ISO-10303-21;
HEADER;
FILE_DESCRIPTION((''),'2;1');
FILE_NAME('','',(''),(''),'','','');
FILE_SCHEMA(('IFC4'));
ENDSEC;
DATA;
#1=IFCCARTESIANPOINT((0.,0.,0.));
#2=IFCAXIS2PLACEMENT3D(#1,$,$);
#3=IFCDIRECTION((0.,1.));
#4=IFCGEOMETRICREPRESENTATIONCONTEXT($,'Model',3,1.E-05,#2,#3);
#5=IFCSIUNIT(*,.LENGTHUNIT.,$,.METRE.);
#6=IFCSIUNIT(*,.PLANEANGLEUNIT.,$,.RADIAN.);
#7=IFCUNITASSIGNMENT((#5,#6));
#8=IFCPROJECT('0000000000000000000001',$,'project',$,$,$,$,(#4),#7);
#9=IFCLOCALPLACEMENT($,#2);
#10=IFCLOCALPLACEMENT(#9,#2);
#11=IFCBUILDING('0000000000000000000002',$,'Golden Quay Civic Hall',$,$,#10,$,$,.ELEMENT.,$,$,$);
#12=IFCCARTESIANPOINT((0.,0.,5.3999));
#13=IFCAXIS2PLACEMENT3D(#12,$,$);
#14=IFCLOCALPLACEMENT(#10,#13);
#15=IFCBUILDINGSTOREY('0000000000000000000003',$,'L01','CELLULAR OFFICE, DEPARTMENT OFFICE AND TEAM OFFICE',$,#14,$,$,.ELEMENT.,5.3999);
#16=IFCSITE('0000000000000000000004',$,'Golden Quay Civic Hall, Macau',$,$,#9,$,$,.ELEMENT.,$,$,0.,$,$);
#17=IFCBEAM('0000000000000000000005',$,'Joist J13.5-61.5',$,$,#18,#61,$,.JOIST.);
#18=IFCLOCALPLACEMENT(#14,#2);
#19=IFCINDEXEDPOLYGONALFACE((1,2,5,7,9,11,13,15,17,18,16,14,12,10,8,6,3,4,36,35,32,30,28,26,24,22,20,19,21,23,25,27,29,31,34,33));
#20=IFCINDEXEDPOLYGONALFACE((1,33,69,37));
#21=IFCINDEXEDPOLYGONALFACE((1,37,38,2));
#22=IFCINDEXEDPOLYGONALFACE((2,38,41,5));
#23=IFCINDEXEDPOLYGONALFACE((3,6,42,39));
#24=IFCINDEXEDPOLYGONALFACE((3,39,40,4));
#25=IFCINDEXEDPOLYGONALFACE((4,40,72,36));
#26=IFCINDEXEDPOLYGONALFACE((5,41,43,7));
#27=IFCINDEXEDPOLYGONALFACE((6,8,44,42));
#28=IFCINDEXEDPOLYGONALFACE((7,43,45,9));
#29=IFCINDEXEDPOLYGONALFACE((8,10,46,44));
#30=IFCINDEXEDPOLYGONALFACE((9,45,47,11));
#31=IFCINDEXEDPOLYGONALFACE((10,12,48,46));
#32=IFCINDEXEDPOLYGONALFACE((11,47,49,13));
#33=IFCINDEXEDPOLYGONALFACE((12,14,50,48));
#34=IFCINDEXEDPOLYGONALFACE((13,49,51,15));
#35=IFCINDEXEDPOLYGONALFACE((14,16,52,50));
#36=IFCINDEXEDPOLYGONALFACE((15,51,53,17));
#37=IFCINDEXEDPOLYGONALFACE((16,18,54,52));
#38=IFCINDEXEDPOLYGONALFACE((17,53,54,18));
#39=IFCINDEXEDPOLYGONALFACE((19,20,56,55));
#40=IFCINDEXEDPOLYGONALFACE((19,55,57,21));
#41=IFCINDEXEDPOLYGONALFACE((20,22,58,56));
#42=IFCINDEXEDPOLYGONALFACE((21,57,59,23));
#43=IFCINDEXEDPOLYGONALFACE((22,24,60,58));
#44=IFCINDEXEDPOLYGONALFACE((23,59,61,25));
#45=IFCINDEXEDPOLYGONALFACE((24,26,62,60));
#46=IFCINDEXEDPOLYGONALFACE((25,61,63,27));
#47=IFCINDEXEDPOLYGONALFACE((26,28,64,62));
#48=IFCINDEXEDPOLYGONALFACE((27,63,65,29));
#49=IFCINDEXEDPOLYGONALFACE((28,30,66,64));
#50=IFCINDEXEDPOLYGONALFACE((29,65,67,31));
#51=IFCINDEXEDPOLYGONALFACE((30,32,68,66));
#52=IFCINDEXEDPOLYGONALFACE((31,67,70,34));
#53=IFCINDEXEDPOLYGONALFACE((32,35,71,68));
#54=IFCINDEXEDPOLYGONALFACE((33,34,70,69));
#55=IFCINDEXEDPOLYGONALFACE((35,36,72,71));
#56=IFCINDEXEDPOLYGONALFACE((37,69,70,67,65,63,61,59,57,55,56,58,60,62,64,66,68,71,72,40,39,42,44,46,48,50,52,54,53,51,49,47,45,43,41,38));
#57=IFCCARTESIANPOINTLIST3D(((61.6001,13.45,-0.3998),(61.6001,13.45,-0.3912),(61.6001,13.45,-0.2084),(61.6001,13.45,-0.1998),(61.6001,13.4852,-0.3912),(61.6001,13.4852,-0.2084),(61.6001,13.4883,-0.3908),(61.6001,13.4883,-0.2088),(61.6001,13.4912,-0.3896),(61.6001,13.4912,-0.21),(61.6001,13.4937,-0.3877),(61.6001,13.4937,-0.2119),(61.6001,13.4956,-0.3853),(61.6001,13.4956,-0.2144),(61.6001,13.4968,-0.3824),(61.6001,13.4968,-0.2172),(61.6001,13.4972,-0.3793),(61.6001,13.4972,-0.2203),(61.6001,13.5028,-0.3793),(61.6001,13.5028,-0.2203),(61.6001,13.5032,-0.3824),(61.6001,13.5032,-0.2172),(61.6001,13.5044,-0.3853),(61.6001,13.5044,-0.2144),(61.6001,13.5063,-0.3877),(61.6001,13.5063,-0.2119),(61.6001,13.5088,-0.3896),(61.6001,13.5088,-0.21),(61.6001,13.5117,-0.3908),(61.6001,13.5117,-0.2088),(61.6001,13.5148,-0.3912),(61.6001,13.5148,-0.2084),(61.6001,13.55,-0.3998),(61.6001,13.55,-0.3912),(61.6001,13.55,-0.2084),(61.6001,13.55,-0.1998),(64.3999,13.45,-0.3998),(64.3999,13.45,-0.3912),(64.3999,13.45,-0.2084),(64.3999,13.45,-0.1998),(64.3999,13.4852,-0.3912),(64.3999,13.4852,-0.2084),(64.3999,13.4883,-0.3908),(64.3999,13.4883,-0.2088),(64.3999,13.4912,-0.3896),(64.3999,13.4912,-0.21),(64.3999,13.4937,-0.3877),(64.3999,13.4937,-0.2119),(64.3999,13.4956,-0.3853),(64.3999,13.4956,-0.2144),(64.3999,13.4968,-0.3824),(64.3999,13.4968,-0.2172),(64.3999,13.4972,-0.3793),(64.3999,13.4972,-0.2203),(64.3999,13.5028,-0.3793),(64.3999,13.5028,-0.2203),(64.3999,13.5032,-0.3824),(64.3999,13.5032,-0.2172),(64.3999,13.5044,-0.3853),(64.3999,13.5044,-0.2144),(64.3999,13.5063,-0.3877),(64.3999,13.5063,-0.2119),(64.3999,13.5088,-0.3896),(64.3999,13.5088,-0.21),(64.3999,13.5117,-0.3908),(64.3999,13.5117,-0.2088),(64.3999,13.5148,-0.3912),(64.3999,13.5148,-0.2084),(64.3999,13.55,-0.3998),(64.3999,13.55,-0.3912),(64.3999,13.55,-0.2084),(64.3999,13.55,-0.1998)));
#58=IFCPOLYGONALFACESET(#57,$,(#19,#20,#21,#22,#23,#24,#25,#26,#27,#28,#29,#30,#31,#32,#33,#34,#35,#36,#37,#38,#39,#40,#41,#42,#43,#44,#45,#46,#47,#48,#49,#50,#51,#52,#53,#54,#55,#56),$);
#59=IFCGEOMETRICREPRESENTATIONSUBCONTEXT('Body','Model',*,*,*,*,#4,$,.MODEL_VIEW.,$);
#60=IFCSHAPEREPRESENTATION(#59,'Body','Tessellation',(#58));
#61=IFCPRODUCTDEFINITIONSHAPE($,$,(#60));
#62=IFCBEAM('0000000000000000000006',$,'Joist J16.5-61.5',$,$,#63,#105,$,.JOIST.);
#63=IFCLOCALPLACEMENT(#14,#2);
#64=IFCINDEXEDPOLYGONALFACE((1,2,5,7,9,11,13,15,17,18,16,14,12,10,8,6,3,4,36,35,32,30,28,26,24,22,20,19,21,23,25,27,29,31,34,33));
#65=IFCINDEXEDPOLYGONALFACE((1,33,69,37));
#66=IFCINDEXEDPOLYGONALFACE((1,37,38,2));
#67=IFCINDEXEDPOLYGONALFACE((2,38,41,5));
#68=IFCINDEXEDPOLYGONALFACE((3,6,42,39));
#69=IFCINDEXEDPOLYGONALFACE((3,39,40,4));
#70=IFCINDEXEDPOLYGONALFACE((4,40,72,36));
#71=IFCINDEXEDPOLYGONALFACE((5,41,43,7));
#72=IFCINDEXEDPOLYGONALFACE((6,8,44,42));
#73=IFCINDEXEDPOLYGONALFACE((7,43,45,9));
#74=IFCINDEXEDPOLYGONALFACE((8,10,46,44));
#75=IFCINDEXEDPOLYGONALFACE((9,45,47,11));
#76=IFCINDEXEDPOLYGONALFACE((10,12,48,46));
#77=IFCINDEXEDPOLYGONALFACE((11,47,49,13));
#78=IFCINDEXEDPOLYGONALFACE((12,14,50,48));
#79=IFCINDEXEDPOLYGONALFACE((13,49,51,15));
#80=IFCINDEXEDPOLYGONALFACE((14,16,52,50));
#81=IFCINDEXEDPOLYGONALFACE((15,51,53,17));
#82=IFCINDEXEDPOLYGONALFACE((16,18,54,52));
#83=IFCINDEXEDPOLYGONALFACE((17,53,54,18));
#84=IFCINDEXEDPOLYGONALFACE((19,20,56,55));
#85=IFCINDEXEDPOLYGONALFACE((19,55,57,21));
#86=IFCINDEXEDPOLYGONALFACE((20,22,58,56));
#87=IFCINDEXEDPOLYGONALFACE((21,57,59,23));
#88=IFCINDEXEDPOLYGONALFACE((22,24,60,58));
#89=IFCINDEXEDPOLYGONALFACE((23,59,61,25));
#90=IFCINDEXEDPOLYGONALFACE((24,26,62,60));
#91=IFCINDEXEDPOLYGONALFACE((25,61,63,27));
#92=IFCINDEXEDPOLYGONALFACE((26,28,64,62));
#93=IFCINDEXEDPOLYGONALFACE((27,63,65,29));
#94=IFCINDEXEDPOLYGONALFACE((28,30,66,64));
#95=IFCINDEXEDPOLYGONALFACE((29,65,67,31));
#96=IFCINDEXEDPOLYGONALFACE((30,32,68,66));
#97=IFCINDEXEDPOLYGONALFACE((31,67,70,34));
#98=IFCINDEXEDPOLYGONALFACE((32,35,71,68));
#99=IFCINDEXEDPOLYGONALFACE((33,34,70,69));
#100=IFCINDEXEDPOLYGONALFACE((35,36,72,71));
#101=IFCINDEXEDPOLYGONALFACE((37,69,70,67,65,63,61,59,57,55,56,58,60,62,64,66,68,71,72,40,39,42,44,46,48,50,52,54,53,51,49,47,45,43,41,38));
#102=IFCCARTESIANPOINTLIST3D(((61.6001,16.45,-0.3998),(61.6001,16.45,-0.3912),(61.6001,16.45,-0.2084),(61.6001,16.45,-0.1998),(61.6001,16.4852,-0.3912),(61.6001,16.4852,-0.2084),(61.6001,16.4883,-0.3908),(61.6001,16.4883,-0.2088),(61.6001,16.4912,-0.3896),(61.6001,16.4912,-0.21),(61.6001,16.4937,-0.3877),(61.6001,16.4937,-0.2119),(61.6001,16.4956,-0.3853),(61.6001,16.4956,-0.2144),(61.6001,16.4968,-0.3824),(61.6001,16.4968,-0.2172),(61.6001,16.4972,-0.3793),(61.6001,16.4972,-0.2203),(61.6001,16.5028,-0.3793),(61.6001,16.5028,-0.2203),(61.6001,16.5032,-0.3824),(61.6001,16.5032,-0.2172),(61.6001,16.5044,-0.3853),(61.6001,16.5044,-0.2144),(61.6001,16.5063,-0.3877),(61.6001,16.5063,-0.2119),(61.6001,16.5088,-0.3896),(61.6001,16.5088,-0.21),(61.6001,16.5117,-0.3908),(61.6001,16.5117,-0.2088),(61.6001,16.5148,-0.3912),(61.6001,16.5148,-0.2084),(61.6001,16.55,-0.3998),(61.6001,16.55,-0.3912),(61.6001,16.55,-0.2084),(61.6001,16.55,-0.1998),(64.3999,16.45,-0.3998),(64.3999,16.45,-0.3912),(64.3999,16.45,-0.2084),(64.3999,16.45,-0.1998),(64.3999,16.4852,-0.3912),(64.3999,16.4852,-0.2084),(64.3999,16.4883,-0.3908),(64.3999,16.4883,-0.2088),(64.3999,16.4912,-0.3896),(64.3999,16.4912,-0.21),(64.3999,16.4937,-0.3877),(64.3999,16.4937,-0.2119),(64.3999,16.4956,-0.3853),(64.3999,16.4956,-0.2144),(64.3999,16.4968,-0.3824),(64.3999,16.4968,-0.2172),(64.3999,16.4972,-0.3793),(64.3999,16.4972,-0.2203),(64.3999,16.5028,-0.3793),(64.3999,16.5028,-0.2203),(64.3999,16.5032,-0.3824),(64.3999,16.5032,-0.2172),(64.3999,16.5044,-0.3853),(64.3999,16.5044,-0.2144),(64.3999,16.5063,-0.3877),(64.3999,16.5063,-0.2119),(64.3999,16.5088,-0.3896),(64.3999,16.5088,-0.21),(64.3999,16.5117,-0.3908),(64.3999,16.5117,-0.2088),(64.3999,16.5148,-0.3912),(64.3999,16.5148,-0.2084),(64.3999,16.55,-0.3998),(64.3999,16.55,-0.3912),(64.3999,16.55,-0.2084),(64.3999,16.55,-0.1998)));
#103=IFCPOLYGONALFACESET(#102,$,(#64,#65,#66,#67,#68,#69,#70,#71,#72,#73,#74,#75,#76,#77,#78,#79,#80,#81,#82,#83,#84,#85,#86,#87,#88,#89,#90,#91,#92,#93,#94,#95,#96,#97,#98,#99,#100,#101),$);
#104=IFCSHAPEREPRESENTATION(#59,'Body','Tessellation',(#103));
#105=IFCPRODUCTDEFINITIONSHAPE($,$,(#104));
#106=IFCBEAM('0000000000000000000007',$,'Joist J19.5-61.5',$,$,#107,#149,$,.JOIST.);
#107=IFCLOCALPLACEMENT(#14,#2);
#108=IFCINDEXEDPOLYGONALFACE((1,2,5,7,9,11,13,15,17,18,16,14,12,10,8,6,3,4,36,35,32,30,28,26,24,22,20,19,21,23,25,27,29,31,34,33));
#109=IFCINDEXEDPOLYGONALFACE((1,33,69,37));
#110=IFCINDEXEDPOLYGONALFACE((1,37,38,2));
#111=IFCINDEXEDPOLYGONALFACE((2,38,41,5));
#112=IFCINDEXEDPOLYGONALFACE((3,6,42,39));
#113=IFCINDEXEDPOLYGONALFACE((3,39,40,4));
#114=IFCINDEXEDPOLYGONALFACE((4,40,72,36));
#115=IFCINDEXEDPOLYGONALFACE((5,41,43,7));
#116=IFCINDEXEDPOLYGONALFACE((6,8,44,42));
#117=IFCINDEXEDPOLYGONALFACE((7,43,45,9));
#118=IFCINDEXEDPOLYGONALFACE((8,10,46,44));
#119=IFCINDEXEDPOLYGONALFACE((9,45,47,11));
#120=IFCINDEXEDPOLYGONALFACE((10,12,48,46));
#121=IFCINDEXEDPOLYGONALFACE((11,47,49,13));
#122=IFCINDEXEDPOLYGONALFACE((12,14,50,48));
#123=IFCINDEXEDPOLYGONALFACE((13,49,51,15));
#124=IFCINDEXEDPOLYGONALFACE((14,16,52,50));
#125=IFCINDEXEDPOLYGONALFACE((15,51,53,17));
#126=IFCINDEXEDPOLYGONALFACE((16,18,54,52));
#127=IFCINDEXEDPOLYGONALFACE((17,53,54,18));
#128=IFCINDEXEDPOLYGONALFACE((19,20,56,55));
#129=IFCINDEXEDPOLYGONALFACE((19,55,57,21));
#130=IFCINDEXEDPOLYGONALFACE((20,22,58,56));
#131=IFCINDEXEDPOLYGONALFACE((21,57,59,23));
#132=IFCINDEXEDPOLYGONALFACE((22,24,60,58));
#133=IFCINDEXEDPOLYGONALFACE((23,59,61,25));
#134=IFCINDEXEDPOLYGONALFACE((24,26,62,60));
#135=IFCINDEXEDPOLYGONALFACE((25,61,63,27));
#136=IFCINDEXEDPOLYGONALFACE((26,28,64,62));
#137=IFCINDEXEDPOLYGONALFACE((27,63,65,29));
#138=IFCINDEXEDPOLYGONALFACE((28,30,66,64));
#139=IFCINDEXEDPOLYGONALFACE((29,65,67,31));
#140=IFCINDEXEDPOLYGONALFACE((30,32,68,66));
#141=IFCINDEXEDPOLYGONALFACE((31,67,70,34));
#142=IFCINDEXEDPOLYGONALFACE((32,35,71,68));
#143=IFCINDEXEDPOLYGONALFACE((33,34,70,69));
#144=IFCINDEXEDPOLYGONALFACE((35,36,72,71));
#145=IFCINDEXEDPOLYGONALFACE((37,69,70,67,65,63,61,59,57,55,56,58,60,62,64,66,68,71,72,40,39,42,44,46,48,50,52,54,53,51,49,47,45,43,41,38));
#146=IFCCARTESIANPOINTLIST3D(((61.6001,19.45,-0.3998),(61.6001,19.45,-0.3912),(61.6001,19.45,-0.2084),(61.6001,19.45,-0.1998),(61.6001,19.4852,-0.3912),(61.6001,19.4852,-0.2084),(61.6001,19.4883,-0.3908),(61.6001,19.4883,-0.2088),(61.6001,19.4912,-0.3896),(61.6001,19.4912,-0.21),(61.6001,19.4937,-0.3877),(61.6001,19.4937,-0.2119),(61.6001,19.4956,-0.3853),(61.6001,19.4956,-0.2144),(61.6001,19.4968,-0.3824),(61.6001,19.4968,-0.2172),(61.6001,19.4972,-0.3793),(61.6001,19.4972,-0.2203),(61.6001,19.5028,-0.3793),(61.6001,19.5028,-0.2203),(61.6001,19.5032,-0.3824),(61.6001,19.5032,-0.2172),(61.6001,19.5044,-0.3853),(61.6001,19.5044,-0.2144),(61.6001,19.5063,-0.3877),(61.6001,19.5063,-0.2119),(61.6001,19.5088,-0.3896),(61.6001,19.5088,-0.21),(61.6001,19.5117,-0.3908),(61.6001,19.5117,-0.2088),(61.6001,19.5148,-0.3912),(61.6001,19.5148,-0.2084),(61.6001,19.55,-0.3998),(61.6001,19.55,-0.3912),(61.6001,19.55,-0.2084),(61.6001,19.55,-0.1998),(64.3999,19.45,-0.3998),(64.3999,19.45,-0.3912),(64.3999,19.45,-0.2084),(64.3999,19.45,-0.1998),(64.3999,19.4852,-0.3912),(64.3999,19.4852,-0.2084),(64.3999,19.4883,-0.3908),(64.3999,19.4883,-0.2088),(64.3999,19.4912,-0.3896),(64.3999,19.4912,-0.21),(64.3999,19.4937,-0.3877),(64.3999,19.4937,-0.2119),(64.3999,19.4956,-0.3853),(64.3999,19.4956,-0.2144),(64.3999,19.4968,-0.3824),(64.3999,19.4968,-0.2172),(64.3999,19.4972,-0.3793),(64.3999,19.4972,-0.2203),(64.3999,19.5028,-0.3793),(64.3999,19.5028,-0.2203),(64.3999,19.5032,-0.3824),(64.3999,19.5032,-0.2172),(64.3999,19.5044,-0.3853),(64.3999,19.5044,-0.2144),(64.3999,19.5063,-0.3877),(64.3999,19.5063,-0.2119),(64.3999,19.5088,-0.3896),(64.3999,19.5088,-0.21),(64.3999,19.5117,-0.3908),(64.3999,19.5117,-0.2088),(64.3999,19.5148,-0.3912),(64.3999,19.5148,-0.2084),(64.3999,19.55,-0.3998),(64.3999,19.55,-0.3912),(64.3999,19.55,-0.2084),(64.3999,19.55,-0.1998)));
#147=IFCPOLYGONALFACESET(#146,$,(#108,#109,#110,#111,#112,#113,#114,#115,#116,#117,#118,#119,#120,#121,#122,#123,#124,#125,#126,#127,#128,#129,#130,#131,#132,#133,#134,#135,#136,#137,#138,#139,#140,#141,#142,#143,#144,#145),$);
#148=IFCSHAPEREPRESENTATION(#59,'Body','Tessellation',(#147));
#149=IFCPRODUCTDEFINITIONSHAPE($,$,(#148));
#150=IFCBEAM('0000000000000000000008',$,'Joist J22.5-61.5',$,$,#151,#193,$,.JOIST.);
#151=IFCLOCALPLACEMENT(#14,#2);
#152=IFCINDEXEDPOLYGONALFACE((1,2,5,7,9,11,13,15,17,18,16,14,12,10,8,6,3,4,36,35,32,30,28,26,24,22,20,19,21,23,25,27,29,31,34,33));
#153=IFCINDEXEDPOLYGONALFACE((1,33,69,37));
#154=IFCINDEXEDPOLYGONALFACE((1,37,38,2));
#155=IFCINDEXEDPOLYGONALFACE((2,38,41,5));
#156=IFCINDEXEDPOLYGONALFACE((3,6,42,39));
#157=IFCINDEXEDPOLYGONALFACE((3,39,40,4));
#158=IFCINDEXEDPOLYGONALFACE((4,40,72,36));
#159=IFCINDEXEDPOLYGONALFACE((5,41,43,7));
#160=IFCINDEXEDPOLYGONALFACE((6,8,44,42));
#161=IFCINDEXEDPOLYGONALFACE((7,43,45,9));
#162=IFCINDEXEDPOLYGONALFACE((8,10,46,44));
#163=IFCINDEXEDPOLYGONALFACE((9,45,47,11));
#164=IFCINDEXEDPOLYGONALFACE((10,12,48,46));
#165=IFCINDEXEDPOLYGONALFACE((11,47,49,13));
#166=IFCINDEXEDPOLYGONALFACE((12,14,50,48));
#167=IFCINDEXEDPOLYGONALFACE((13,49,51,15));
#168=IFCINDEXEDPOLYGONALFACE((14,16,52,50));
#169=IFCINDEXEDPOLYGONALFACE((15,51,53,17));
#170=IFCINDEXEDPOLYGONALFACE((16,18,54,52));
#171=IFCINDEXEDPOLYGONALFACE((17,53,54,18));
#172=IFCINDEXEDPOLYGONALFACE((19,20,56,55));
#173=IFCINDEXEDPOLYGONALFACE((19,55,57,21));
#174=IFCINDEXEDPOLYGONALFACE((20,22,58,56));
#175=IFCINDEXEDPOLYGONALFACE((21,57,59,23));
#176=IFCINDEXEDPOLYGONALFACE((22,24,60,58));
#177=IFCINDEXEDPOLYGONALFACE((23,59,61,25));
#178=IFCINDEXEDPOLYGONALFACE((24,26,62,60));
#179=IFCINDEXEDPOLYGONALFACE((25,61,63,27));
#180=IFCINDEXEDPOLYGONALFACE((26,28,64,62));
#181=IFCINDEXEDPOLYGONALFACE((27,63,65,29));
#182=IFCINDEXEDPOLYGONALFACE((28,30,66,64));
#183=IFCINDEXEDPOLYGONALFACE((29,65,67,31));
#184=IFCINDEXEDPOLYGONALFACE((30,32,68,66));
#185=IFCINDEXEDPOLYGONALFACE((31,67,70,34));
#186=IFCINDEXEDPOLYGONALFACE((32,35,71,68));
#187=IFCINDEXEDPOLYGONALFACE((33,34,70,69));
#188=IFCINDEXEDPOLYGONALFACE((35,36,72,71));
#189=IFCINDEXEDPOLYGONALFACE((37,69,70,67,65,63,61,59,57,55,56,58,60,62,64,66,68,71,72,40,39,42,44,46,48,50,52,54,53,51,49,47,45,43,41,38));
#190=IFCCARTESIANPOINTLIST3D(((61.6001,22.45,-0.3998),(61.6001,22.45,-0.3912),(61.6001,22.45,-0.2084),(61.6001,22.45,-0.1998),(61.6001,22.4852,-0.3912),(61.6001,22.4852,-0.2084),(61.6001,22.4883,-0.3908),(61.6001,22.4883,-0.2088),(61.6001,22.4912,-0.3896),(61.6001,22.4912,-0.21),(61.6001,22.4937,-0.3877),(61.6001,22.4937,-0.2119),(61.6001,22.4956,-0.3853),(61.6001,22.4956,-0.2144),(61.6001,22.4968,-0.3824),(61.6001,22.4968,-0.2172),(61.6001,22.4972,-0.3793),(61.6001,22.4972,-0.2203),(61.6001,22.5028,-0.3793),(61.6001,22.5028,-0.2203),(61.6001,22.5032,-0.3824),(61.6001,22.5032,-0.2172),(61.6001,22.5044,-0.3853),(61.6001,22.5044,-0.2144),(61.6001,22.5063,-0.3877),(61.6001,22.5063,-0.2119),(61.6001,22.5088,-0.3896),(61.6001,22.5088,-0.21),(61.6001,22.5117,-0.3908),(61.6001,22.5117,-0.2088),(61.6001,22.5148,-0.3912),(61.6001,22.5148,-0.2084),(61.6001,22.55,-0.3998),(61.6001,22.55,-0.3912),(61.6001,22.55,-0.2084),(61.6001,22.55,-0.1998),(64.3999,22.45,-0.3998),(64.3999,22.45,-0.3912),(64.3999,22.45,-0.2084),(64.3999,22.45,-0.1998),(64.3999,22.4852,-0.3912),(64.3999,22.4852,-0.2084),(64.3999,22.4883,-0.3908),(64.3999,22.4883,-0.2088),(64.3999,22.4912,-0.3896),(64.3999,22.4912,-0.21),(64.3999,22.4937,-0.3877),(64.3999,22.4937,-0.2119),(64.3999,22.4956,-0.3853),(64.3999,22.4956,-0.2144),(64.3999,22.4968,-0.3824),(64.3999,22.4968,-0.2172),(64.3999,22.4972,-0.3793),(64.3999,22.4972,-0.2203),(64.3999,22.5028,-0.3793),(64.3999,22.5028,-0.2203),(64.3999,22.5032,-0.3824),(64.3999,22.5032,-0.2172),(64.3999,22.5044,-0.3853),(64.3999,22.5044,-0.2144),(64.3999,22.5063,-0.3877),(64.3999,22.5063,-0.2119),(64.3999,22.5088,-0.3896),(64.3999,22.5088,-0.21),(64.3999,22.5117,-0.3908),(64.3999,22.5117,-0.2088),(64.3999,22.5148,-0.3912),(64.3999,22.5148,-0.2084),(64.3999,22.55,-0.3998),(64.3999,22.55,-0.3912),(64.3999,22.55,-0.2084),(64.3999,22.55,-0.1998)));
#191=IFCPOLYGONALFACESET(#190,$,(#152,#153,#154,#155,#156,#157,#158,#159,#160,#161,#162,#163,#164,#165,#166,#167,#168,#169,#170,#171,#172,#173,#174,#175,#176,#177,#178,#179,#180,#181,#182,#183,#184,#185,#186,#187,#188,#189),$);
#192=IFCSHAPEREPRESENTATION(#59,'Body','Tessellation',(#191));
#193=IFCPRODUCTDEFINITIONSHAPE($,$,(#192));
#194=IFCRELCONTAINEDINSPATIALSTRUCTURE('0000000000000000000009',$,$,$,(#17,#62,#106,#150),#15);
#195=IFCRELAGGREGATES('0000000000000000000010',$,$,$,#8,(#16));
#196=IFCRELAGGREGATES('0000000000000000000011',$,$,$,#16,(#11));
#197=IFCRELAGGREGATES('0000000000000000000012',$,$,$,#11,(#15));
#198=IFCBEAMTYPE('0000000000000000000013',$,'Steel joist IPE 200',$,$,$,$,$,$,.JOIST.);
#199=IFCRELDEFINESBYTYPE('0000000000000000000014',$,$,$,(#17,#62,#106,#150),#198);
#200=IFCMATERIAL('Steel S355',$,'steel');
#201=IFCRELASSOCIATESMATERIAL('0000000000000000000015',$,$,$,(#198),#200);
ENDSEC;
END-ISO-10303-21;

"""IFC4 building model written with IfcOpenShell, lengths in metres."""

from ifc_helpers import new_model, si_unit, direction, frame, origin, origin_2d, place, context, subcontext, project, spatial, i_section, extrude, material, material_profile, profile_set, type_object, element, save


model = new_model("IFC4")

# Units and contexts
model_context = context("Model", 3, precision=1e-05, world=origin(), true_north=direction((0.0, 1.0)))
body_context = subcontext(model_context, "Body", "Model", "MODEL_VIEW")
ifc_project = project(units=[si_unit("LENGTHUNIT", "METRE"), si_unit("PLANEANGLEUNIT", "RADIAN")], contexts=[model_context])

# Site, building, storey
site_placement = place(None, origin())
site = spatial("IfcSite", under=ifc_project, at=site_placement, Name="Golden Quay Civic Hall, Macau", CompositionType="ELEMENT", RefElevation=0.0)
building_placement = place(site_placement, origin())
building = spatial("IfcBuilding", under=site, at=building_placement, Name="Golden Quay Civic Hall", CompositionType="ELEMENT")
storey_placement = place(building_placement, frame((0.0, 0.0, 5.3999)))
storey = spatial("IfcBuildingStorey", under=building, at=storey_placement, Name="L01", Description="CELLULAR OFFICE, DEPARTMENT OFFICE AND TEAM OFFICE", CompositionType="ELEMENT", Elevation=5.3999)

# Beams
ifc_material_1 = material(Name="Steel S355", Category="steel")
ifc_material_profile_1 = material_profile(ifc_material_1, i_section(OverallWidth=0.1001, OverallDepth=0.2, WebThickness=0.0056, FlangeThickness=0.0085, FilletRadius=0.012, at=origin_2d()), Name="IPE 200")
ifc_profile_set_1 = profile_set([ifc_material_profile_1], Name="Steel S355")
beam_type_1 = type_object("IfcBeamType", Name="Steel joist IPE 200", PredefinedType="JOIST", material=ifc_profile_set_1)
for number, where, z_axis, x_axis, name in (
    (1, (61.6001, 13.5, -0.2998), (1.0, 0.0, 0.0), (0.0, 1.0, 0.0), "Joist J13.5-61.5"),
    (2, (61.6001, 16.5, -0.2998), (1.0, 0.0, 0.0), (0.0, 1.0, 0.0), "Joist J16.5-61.5"),
    (3, (61.6001, 19.5, -0.2998), (1.0, 0.0, 0.0), (0.0, 1.0, 0.0), "Joist J19.5-61.5"),
    (4, (61.6001, 22.5, -0.2998), (1.0, 0.0, 0.0), (0.0, 1.0, 0.0), "Joist J22.5-61.5"),
):
    element("IfcBeam", number, at=place(storey_placement, frame(where, z_axis=z_axis, x_axis=x_axis)), inside=storey, type_object=beam_type_1, Name=name, PredefinedType="JOIST", context=body_context, shape_type="SweptSolid", body=[
        extrude(i_section(OverallWidth=0.1001, OverallDepth=0.2, WebThickness=0.0056, FlangeThickness=0.0085, FilletRadius=0.012, at=origin_2d()), origin(), (0.0, 0.0, 1.0), 2.7998),
    ])

save(model, "model.ifc")
